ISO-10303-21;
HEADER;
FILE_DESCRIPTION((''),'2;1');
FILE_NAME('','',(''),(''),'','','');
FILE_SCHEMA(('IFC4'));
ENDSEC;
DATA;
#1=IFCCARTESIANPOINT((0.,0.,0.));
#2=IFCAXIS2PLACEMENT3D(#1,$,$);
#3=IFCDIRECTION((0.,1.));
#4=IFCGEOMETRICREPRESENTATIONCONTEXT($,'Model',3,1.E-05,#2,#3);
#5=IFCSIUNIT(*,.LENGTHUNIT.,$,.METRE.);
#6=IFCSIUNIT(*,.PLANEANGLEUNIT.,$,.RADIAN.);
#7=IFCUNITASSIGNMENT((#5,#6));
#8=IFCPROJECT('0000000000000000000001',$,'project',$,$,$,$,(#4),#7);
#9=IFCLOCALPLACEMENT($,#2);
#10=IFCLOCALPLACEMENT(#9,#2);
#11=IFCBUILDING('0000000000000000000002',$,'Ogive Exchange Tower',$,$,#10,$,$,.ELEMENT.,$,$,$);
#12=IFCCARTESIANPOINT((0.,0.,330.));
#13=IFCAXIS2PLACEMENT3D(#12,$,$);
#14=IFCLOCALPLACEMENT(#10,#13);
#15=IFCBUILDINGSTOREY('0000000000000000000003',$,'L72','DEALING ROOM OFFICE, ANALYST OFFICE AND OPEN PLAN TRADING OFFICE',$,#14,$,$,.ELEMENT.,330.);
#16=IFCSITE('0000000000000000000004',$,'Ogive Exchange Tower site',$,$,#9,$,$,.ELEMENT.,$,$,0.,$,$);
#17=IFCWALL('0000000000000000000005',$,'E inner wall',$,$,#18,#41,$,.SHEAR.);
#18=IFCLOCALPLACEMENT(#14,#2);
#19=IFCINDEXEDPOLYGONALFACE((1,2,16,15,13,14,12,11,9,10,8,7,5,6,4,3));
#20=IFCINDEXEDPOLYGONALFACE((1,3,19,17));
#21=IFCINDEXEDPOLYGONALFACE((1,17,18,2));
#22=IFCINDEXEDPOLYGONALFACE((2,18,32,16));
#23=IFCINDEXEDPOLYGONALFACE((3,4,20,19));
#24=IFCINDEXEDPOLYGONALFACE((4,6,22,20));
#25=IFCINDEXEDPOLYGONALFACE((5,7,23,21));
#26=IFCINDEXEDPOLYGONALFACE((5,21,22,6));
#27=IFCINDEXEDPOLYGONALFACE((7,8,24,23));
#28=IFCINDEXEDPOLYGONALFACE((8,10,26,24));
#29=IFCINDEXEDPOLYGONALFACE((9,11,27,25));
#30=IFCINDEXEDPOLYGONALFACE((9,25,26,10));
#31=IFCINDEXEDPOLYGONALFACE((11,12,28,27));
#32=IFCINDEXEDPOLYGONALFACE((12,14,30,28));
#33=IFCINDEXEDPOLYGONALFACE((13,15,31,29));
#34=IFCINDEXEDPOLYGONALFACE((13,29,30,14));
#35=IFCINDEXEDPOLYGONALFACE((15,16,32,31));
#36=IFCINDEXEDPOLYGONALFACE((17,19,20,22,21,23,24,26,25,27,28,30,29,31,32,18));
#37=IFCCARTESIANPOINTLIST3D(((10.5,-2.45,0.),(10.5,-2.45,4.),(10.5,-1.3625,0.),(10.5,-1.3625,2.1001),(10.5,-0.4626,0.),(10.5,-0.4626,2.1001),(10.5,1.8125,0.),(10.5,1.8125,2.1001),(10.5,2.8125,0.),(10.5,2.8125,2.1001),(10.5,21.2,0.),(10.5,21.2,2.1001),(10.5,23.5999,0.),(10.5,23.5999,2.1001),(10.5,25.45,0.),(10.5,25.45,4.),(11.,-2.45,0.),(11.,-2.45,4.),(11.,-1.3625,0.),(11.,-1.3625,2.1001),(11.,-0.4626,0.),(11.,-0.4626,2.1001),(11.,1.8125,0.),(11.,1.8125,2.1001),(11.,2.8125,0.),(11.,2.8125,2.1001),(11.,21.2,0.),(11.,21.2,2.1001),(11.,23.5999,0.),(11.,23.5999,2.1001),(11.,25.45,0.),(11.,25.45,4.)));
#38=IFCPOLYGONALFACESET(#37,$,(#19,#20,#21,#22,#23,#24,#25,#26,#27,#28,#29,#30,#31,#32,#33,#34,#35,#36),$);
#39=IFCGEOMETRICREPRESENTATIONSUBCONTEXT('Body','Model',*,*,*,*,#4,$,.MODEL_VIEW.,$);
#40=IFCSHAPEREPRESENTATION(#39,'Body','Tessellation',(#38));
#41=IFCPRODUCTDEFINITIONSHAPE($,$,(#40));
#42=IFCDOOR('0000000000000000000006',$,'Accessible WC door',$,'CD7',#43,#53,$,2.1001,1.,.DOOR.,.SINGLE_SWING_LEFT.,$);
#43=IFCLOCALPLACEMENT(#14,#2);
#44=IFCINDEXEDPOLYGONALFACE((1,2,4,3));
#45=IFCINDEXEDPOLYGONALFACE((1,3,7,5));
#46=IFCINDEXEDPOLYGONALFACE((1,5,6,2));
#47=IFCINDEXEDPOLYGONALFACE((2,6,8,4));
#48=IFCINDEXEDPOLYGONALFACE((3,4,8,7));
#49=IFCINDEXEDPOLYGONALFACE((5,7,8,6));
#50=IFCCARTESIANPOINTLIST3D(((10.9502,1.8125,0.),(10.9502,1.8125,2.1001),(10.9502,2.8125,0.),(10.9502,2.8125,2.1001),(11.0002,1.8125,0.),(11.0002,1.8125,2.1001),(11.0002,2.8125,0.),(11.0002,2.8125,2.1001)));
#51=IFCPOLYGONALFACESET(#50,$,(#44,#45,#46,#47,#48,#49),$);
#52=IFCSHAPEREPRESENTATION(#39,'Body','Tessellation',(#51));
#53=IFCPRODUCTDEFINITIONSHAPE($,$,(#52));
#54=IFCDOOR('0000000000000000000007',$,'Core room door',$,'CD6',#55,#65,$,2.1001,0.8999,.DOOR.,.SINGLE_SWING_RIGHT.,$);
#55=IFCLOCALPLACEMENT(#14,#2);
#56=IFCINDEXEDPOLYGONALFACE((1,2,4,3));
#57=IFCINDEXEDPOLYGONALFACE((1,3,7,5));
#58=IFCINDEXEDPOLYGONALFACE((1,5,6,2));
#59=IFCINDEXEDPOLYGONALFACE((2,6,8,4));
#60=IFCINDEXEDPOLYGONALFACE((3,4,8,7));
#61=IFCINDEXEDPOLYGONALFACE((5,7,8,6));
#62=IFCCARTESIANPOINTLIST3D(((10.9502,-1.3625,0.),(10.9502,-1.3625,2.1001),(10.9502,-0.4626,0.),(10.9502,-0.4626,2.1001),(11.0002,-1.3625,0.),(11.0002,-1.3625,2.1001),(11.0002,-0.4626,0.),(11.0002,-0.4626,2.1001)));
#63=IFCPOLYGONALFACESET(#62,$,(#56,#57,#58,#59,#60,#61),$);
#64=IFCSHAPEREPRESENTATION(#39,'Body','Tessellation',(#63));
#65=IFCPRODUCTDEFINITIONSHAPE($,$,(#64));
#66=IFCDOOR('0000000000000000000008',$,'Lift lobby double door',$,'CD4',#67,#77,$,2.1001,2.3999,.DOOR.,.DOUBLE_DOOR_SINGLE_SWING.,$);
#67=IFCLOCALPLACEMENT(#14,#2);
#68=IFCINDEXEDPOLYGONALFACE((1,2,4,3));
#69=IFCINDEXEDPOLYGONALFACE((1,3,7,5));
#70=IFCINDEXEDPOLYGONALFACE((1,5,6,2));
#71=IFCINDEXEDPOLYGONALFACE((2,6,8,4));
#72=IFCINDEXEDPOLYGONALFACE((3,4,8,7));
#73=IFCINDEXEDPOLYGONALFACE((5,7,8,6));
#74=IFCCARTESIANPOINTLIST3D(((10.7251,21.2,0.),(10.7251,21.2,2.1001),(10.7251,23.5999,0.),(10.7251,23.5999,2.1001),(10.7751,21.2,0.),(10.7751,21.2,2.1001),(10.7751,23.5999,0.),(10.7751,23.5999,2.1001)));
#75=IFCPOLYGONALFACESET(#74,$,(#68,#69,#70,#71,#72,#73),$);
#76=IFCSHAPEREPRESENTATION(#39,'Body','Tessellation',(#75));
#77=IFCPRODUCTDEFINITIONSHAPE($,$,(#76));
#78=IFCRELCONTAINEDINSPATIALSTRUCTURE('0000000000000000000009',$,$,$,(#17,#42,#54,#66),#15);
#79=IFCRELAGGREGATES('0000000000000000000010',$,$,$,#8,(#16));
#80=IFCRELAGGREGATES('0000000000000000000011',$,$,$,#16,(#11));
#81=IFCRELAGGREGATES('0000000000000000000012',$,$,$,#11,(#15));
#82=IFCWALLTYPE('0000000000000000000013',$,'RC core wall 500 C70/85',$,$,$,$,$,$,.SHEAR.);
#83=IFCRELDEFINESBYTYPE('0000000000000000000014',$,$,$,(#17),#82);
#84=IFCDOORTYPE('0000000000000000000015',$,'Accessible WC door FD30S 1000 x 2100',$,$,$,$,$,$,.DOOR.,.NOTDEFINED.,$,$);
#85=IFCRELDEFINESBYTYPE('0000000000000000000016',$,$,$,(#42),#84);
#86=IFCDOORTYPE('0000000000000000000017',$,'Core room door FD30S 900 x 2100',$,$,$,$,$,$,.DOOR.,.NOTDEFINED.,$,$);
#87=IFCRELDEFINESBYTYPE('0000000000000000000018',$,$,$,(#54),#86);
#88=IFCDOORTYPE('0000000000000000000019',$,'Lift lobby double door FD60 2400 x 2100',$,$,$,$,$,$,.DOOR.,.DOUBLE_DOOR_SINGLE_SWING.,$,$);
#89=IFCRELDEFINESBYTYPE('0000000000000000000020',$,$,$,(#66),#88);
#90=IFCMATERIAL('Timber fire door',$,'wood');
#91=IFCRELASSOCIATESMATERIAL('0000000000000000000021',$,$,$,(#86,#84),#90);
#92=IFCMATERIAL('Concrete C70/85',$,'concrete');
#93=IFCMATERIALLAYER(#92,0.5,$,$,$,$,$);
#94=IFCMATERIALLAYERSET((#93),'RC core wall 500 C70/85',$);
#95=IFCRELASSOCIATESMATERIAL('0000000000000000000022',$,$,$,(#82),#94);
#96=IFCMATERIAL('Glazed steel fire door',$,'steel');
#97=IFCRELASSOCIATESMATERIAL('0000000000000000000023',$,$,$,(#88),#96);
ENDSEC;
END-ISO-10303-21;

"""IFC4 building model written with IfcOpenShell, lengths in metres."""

from ifc_helpers import new_model, si_unit, direction, frame, frame_2d, origin, place, context, subcontext, project, spatial, rectangle, extrude, material, layer, layer_set, type_object, element, fill, save


model = new_model("IFC4")

# Units and contexts
model_context = context("Model", 3, precision=1e-05, world=origin(), true_north=direction((0.0, 1.0)))
body_context = subcontext(model_context, "Body", "Model", "MODEL_VIEW")
ifc_project = project(units=[si_unit("LENGTHUNIT", "METRE"), si_unit("PLANEANGLEUNIT", "RADIAN")], contexts=[model_context])

# Site, building, storey
site_placement = place(None, origin())
site = spatial("IfcSite", under=ifc_project, at=site_placement, Name="Ogive Exchange Tower site", CompositionType="ELEMENT", RefElevation=0.0)
building_placement = place(site_placement, origin())
building = spatial("IfcBuilding", under=site, at=building_placement, Name="Ogive Exchange Tower", CompositionType="ELEMENT")
storey_placement = place(building_placement, frame((0.0, 0.0, 330.0)))
storey = spatial("IfcBuildingStorey", under=building, at=storey_placement, Name="L72", Description="DEALING ROOM OFFICE, ANALYST OFFICE AND OPEN PLAN TRADING OFFICE", CompositionType="ELEMENT", Elevation=330.0)

# Shared definitions
ifc_material_1 = material(Name="Concrete C70/85", Category="concrete")

# Shared definitions
ifc_material_2 = material(Name="Timber fire door", Category="wood")
door_type_1 = type_object("IfcDoorType", Name="Core room door FD30S 900 x 2100", OperationType="NOTDEFINED", PredefinedType="DOOR", material=ifc_material_2)

# Wall, openings, doors
ifc_layer_1 = layer(ifc_material_1, 0.5)
ifc_layer_set_1 = layer_set([ifc_layer_1], Name="RC core wall 500 C70/85")
wall_type_1 = type_object("IfcWallType", Name="RC core wall 500 C70/85", PredefinedType="SHEAR", material=ifc_layer_set_1)
wall_1_placement = place(storey_placement, frame((10.75, -2.45, 0.0), z_axis=(0.0, 0.0, 1.0), x_axis=(0.0, 1.0, 0.0)))
wall_1 = element("IfcWall", 1, at=wall_1_placement, inside=storey, type_object=wall_type_1, Name="E inner wall", PredefinedType="SHEAR", context=body_context, shape_type="SweptSolid", body=[
    extrude(rectangle(XDim=27.8999, YDim=0.5, at=frame_2d((13.95, 0.0))), origin(), (0.0, 0.0, 1.0), 4.0),
])
opening_1_placement = place(wall_1_placement, frame((23.6499, 0.0, 0.0)))
opening_1 = element("IfcOpeningElement", 2, at=opening_1_placement, cuts=wall_1, PredefinedType="OPENING", context=body_context, shape_type="SweptSolid", body=[
    extrude(rectangle(XDim=2.3999, YDim=2.1001, at=frame_2d((1.2, 1.05))), frame((0.0, 0.26, 0.0), z_axis=(0.0, -1.0, 0.0), x_axis=(1.0, 0.0, 0.0)), (0.0, 0.0, 1.0), 0.52),
])
opening_2_placement = place(wall_1_placement, frame((1.0874, 0.0, 0.0)))
opening_2 = element("IfcOpeningElement", 3, at=opening_2_placement, cuts=wall_1, PredefinedType="OPENING", context=body_context, shape_type="SweptSolid", body=[
    extrude(rectangle(XDim=0.8999, YDim=2.1001, at=frame_2d((0.45, 1.05))), frame((0.0, 0.26, 0.0), z_axis=(0.0, -1.0, 0.0), x_axis=(1.0, 0.0, 0.0)), (0.0, 0.0, 1.0), 0.52),
])
opening_3_placement = place(wall_1_placement, frame((4.2625, 0.0, 0.0)))
opening_3 = element("IfcOpeningElement", 4, at=opening_3_placement, cuts=wall_1, PredefinedType="OPENING", context=body_context, shape_type="SweptSolid", body=[
    extrude(rectangle(XDim=1.0, YDim=2.1001, at=frame_2d((0.5, 1.05))), frame((0.0, 0.26, 0.0), z_axis=(0.0, -1.0, 0.0), x_axis=(1.0, 0.0, 0.0)), (0.0, 0.0, 1.0), 0.52),
])
door_type_2 = type_object("IfcDoorType", Name="Accessible WC door FD30S 1000 x 2100", OperationType="NOTDEFINED", PredefinedType="DOOR", material=ifc_material_2)
door_1_placement = place(opening_3_placement, origin())
door_1 = element("IfcDoor", 5, at=door_1_placement, inside=storey, type_object=door_type_2, Name="Accessible WC door", ObjectType="CD7", OperationType="SINGLE_SWING_LEFT", OverallHeight=2.1001, OverallWidth=1.0, PredefinedType="DOOR", context=body_context, shape_type="SweptSolid", body=[
    extrude(rectangle(XDim=1.0, YDim=2.1001, at=frame_2d((0.5, 1.05))), frame((0.0, -0.2002, 0.0), z_axis=(0.0, -1.0, 0.0), x_axis=(1.0, 0.0, 0.0)), (0.0, 0.0, 1.0), 0.05),
])
fill(opening_3, door_1)
door_2_placement = place(opening_2_placement, origin())
door_2 = element("IfcDoor", 6, at=door_2_placement, inside=storey, type_object=door_type_1, Name="Core room door", ObjectType="CD6", OperationType="SINGLE_SWING_RIGHT", OverallHeight=2.1001, OverallWidth=0.8999, PredefinedType="DOOR", context=body_context, shape_type="SweptSolid", body=[
    extrude(rectangle(XDim=0.8999, YDim=2.1001, at=frame_2d((0.45, 1.05))), frame((0.0, -0.2002, 0.0), z_axis=(0.0, -1.0, 0.0), x_axis=(1.0, 0.0, 0.0)), (0.0, 0.0, 1.0), 0.05),
])
fill(opening_2, door_2)
ifc_material_3 = material(Name="Glazed steel fire door", Category="steel")
door_type_3 = type_object("IfcDoorType", Name="Lift lobby double door FD60 2400 x 2100", OperationType="DOUBLE_DOOR_SINGLE_SWING", PredefinedType="DOOR", material=ifc_material_3)
door_3_placement = place(opening_1_placement, origin())
door_3 = element("IfcDoor", 7, at=door_3_placement, inside=storey, type_object=door_type_3, Name="Lift lobby double door", ObjectType="CD4", OperationType="DOUBLE_DOOR_SINGLE_SWING", OverallHeight=2.1001, OverallWidth=2.3999, PredefinedType="DOOR", context=body_context, shape_type="SweptSolid", body=[
    extrude(rectangle(XDim=2.3999, YDim=2.1001, at=frame_2d((1.2, 1.05))), frame((0.0, 0.0249, 0.0), z_axis=(0.0, -1.0, 0.0), x_axis=(1.0, 0.0, 0.0)), (0.0, 0.0, 1.0), 0.05),
])
fill(opening_1, door_3)

save(model, "model.ifc")
